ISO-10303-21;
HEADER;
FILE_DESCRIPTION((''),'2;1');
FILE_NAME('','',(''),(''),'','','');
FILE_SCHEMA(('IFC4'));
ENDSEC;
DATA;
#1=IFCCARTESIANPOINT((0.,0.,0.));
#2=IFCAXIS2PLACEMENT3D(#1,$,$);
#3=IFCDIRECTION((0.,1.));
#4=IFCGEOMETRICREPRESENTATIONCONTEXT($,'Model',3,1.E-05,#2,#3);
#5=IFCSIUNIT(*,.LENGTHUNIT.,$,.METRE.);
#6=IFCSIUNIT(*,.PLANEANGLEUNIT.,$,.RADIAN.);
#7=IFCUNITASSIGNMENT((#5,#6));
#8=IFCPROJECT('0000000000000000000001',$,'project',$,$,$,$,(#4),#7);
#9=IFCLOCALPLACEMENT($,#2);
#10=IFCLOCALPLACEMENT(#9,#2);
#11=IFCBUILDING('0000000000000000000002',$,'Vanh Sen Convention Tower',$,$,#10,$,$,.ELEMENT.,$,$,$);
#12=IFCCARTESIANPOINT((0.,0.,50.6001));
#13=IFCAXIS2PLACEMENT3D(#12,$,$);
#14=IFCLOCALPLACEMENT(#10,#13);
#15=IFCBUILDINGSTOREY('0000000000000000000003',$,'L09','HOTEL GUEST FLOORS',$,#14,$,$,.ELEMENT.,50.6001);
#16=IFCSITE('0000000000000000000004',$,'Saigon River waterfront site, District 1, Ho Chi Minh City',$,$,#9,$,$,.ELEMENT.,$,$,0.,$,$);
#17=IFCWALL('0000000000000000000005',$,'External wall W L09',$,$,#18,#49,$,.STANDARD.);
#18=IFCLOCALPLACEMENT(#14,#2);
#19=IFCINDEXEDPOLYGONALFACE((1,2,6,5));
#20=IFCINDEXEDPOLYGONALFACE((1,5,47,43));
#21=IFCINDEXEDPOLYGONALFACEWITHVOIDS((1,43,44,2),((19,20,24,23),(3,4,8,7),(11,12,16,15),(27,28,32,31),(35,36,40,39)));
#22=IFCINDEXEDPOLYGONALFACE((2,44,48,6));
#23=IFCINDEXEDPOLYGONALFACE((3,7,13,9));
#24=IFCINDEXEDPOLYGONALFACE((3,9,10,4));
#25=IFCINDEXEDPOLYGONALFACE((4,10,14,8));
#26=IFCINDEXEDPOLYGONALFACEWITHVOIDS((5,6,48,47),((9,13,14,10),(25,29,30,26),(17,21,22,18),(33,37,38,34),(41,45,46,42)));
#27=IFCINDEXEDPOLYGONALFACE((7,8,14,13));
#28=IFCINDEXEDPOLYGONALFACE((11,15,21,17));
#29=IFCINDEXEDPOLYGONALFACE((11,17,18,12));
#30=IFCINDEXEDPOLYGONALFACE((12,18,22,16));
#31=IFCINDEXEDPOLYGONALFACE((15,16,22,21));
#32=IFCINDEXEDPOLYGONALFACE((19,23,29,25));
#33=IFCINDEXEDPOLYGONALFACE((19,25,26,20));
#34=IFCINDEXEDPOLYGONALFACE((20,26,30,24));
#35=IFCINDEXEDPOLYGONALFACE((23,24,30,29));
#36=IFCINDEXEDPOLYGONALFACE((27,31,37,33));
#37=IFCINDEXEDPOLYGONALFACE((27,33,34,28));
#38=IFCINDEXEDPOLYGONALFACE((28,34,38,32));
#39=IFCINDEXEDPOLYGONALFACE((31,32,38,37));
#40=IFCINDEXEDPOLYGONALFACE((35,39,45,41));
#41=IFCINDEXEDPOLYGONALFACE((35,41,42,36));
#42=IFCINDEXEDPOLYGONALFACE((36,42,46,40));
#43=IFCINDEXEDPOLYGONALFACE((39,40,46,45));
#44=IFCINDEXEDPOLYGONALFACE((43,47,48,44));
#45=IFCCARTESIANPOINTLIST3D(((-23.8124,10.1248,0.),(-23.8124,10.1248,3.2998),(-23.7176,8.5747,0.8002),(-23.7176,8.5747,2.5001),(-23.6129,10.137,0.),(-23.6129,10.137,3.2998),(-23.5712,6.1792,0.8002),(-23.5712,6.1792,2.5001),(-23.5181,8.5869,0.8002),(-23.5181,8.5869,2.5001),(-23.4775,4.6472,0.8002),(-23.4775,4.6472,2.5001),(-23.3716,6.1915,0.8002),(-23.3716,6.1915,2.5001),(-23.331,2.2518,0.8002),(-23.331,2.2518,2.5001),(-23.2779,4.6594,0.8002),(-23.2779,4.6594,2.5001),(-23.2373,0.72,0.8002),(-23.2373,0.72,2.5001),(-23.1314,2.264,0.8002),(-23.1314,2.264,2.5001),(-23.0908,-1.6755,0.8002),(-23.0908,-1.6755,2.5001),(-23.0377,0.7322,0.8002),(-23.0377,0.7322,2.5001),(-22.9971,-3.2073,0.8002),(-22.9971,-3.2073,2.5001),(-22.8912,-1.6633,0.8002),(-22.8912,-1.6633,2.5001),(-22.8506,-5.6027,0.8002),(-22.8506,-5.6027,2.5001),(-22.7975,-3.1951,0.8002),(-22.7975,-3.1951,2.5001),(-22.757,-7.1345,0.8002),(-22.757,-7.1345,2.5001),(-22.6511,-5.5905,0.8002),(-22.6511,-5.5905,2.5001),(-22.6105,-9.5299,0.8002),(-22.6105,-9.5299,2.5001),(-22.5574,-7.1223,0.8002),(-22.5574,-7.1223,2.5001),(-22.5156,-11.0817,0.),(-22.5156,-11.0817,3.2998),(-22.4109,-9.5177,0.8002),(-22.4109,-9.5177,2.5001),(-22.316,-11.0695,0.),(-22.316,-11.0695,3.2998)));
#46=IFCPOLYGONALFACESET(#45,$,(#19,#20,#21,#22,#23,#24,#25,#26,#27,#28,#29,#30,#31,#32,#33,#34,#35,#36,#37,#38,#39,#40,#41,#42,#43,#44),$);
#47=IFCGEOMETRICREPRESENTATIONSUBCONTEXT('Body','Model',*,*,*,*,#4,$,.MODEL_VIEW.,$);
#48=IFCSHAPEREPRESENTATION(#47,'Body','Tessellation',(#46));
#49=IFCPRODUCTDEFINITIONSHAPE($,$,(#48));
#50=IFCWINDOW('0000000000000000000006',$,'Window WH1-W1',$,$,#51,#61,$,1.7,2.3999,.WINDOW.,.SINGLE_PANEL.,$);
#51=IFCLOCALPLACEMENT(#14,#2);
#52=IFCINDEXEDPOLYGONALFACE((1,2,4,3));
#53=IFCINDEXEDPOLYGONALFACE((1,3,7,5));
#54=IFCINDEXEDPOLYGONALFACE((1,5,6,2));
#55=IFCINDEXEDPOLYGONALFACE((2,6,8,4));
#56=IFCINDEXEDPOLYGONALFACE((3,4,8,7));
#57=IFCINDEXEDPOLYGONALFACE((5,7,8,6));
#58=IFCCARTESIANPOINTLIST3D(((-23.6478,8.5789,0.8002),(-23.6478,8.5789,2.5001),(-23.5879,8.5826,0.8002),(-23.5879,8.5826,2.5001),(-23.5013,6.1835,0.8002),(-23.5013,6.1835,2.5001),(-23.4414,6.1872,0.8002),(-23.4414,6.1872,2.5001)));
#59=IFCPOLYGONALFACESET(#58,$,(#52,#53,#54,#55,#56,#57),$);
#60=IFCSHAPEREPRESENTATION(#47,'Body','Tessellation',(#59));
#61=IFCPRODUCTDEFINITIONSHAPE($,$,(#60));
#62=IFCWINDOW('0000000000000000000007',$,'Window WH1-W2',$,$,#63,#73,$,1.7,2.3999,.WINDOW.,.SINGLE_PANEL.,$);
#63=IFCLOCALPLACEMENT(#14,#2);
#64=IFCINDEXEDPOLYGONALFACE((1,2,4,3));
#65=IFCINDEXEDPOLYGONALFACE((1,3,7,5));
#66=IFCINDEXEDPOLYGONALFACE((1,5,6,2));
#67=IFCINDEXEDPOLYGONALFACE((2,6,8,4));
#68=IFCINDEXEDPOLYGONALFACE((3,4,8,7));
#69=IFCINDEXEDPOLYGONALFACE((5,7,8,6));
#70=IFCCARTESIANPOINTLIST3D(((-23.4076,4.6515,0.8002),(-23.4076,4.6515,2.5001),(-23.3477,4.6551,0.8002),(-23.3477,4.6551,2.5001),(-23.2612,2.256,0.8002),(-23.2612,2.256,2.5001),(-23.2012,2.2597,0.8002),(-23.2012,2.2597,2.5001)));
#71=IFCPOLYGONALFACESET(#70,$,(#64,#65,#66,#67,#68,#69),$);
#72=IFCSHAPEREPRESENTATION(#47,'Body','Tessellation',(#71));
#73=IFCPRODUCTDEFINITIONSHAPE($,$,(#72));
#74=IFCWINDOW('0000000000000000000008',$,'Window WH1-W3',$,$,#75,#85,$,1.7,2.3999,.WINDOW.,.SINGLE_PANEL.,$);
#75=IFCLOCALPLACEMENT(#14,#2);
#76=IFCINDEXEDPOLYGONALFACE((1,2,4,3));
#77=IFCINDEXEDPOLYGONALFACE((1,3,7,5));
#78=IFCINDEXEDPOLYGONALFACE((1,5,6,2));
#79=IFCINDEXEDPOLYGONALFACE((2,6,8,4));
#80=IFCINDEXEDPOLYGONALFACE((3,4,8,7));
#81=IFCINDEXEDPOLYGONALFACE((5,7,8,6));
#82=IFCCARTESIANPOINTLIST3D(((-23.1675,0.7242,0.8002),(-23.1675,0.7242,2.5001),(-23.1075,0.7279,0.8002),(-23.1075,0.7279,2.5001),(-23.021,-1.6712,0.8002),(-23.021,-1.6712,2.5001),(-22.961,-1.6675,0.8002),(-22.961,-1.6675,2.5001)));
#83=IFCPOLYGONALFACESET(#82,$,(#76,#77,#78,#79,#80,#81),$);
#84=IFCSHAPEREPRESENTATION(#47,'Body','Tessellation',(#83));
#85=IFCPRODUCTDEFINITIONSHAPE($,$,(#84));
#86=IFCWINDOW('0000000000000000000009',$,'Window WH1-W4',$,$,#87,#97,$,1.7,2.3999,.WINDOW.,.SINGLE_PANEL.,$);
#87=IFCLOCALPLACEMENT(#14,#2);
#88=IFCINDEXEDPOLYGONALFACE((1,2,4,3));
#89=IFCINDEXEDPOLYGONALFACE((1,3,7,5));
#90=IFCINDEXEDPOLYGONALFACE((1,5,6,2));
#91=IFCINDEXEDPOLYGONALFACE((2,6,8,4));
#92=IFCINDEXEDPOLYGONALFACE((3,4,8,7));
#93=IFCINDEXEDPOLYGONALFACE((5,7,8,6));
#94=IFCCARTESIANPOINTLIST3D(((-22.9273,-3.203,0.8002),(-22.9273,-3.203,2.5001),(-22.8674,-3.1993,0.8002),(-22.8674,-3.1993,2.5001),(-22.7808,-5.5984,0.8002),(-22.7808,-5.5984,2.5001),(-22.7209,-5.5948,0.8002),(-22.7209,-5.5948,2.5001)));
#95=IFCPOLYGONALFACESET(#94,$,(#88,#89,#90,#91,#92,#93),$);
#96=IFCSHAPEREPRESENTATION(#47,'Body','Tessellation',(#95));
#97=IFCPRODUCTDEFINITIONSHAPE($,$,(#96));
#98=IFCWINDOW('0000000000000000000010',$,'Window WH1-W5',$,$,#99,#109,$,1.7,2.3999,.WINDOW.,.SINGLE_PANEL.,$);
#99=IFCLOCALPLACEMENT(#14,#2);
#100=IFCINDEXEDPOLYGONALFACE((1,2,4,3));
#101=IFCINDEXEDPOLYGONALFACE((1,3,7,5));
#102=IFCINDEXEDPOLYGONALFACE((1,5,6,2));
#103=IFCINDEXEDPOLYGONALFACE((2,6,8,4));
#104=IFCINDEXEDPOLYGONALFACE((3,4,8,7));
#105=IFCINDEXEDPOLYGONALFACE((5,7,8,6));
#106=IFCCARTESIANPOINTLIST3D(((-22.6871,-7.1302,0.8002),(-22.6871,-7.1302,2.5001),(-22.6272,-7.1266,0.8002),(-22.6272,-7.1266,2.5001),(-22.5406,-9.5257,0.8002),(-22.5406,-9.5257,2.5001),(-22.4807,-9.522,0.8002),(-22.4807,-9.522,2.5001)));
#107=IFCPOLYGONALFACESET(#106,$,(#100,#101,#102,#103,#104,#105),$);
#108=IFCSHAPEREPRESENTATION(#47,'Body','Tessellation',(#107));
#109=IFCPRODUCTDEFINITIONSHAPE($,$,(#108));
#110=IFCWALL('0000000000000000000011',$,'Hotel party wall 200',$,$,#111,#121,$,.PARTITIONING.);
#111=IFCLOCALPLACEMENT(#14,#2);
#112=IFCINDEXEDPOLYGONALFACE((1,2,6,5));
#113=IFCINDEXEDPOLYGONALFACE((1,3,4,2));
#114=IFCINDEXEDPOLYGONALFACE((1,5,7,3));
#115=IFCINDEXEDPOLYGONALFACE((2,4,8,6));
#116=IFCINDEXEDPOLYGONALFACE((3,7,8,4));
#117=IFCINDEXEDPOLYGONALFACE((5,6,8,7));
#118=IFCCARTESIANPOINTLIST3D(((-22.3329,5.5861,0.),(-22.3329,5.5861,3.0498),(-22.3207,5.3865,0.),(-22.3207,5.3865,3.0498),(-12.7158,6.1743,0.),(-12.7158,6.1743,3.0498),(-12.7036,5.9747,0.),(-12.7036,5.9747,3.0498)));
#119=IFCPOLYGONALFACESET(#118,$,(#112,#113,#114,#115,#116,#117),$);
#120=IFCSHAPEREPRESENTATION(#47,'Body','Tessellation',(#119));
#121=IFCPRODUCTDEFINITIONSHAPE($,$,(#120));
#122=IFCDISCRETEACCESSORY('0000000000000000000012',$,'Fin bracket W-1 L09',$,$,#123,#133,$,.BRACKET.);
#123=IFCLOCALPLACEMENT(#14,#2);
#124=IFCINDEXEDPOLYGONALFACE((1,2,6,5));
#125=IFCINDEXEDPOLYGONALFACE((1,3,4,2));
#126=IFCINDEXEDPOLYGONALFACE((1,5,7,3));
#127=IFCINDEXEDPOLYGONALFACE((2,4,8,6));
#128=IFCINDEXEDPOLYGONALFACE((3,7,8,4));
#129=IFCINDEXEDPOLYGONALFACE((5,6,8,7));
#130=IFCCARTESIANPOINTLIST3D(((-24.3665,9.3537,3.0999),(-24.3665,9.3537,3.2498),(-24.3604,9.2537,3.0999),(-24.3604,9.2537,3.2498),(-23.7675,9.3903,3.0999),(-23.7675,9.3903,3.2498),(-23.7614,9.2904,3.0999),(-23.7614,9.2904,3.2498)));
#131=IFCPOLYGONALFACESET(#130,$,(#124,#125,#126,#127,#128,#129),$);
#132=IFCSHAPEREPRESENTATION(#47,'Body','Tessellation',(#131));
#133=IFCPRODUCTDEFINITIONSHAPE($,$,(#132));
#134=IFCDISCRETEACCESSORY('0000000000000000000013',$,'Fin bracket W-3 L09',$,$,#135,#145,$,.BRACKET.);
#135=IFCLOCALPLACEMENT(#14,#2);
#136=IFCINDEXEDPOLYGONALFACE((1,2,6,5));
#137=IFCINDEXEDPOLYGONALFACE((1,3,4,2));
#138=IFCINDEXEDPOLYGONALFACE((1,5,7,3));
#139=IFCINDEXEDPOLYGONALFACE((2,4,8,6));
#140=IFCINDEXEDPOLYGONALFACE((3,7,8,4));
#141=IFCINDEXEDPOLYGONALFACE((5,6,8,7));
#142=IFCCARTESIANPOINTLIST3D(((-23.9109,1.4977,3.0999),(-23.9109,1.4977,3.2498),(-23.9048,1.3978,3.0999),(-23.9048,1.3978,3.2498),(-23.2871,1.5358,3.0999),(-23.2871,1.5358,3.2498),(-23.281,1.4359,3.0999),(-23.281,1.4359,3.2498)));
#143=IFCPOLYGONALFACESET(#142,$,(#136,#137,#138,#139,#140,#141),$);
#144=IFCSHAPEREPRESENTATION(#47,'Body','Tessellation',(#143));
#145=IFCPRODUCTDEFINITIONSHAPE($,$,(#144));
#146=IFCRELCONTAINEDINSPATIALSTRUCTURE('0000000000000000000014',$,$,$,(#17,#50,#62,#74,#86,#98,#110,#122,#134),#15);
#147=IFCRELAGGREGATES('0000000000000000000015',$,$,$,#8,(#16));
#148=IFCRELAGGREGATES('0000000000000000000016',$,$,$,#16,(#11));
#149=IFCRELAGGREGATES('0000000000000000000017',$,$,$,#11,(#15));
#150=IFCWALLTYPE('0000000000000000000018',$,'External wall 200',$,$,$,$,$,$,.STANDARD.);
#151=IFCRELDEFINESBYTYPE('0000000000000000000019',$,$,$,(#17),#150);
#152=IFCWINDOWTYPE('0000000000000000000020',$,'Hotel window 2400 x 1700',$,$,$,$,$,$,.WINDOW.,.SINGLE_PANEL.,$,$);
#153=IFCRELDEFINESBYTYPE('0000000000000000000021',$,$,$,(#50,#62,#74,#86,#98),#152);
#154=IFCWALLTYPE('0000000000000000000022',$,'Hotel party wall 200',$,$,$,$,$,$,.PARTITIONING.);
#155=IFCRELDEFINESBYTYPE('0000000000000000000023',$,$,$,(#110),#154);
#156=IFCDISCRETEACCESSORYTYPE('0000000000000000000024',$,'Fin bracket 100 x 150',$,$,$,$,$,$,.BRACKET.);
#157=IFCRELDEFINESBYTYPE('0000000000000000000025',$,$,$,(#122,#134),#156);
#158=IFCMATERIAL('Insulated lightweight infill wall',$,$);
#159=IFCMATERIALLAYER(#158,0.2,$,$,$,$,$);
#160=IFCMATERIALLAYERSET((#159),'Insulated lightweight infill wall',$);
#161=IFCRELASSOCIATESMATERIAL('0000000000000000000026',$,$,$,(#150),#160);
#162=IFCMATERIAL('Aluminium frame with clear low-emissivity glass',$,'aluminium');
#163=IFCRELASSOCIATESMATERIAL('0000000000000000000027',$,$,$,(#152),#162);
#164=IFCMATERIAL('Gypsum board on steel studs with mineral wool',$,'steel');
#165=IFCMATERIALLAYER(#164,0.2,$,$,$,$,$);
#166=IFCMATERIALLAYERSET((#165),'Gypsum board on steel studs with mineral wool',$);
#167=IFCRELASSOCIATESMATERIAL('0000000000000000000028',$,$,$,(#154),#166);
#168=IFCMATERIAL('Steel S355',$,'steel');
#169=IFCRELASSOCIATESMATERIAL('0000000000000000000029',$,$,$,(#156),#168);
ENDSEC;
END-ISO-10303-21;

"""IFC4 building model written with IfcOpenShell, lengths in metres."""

from ifc_helpers import new_model, si_unit, direction, frame, frame_2d, origin, origin_2d, place, context, subcontext, project, spatial, rectangle, extrude, material, layer, layer_set, type_object, element, fill, save


model = new_model("IFC4")

# Units and contexts
model_context = context("Model", 3, precision=1e-05, world=origin(), true_north=direction((0.0, 1.0)))
body_context = subcontext(model_context, "Body", "Model", "MODEL_VIEW")
ifc_project = project(units=[si_unit("LENGTHUNIT", "METRE"), si_unit("PLANEANGLEUNIT", "RADIAN")], contexts=[model_context])

# Site, building, storey
site_placement = place(None, origin())
site = spatial("IfcSite", under=ifc_project, at=site_placement, Name="Saigon River waterfront site, District 1, Ho Chi Minh City", CompositionType="ELEMENT", RefElevation=0.0)
building_placement = place(site_placement, origin())
building = spatial("IfcBuilding", under=site, at=building_placement, Name="Vanh Sen Convention Tower", CompositionType="ELEMENT")
storey_placement = place(building_placement, frame((0.0, 0.0, 50.6001)))
storey = spatial("IfcBuildingStorey", under=building, at=storey_placement, Name="L09", Description="HOTEL GUEST FLOORS", CompositionType="ELEMENT", Elevation=50.6001)

# Shared definitions
ifc_material_1 = material(Name="Gypsum board on steel studs with mineral wool", Category="steel")

# Wall, openings, windows
ifc_material_2 = material(Name="Insulated lightweight infill wall")
ifc_layer_1 = layer(ifc_material_2, 0.2)
ifc_layer_set_1 = layer_set([ifc_layer_1], Name="Insulated lightweight infill wall")
wall_type_1 = type_object("IfcWallType", Name="External wall 200", PredefinedType="STANDARD", material=ifc_layer_set_1)
wall_1_placement = place(storey_placement, frame((-23.7126, 10.1309, 0.0), z_axis=(0.0, 0.0, 1.0), x_axis=(0.06104, -0.998135, 0.0)))
wall_1 = element("IfcWall", 1, at=wall_1_placement, inside=storey, type_object=wall_type_1, Name="External wall W L09", PredefinedType="STANDARD", context=body_context, shape_type="SweptSolid", body=[
    extrude(rectangle(XDim=21.2461, YDim=0.2, at=frame_2d((10.623, 0.0))), origin(), (0.0, 0.0, 1.0), 3.2998),
])
opening_1_placement = place(wall_1_placement, frame((1.553, 0.0, 0.8)))
opening_1 = element("IfcOpeningElement", 2, at=opening_1_placement, cuts=wall_1, PredefinedType="OPENING", context=body_context, shape_type="SweptSolid", body=[
    extrude(rectangle(XDim=2.3999, YDim=1.7, at=frame_2d((1.2, 0.8501))), frame((0.0, 0.1099, 0.0), z_axis=(0.0, -1.0, 0.0), x_axis=(1.0, 0.0, 0.0)), (0.0, 0.0, 1.0), 0.22),
])
opening_2_placement = place(wall_1_placement, frame((5.4878, 0.0, 0.8)))
opening_2 = element("IfcOpeningElement", 3, at=opening_2_placement, cuts=wall_1, PredefinedType="OPENING", context=body_context, shape_type="SweptSolid", body=[
    extrude(rectangle(XDim=2.3999, YDim=1.7, at=frame_2d((1.2, 0.8501))), frame((0.0, 0.1099, 0.0), z_axis=(0.0, -1.0, 0.0), x_axis=(1.0, 0.0, 0.0)), (0.0, 0.0, 1.0), 0.22),
])
opening_3_placement = place(wall_1_placement, frame((9.4224, 0.0, 0.8)))
opening_3 = element("IfcOpeningElement", 4, at=opening_3_placement, cuts=wall_1, PredefinedType="OPENING", context=body_context, shape_type="SweptSolid", body=[
    extrude(rectangle(XDim=2.3999, YDim=1.7, at=frame_2d((1.2, 0.8501))), frame((0.0, 0.1099, 0.0), z_axis=(0.0, -1.0, 0.0), x_axis=(1.0, 0.0, 0.0)), (0.0, 0.0, 1.0), 0.22),
])
opening_4_placement = place(wall_1_placement, frame((13.3569, 0.0, 0.8)))
opening_4 = element("IfcOpeningElement", 5, at=opening_4_placement, cuts=wall_1, PredefinedType="OPENING", context=body_context, shape_type="SweptSolid", body=[
    extrude(rectangle(XDim=2.3999, YDim=1.7, at=frame_2d((1.2, 0.8501))), frame((0.0, 0.1099, 0.0), z_axis=(0.0, -1.0, 0.0), x_axis=(1.0, 0.0, 0.0)), (0.0, 0.0, 1.0), 0.22),
])
opening_5_placement = place(wall_1_placement, frame((17.2915, 0.0, 0.8)))
opening_5 = element("IfcOpeningElement", 6, at=opening_5_placement, cuts=wall_1, PredefinedType="OPENING", context=body_context, shape_type="SweptSolid", body=[
    extrude(rectangle(XDim=2.3999, YDim=1.7, at=frame_2d((1.2, 0.8501))), frame((0.0, 0.1099, 0.0), z_axis=(0.0, -1.0, 0.0), x_axis=(1.0, 0.0, 0.0)), (0.0, 0.0, 1.0), 0.22),
])
ifc_material_3 = material(Name="Aluminium frame with clear low-emissivity glass", Category="aluminium")
window_type = type_object("IfcWindowType", Name="Hotel window 2400 x 1700", PartitioningType="SINGLE_PANEL", PredefinedType="WINDOW", material=ifc_material_3)
window_1_placement = place(opening_1_placement, origin())
window_1 = element("IfcWindow", 7, at=window_1_placement, inside=storey, type_object=window_type, Name="Window WH1-W1", OverallHeight=1.7, OverallWidth=2.3999, PartitioningType="SINGLE_PANEL", PredefinedType="WINDOW", context=body_context, shape_type="SweptSolid", body=[
    extrude(rectangle(XDim=2.3999, YDim=1.7, at=frame_2d((1.2, 0.8501))), frame((0.0, 0.03, 0.0), z_axis=(0.0, -1.0, 0.0), x_axis=(1.0, 0.0, 0.0)), (0.0, 0.0, 1.0), 0.0601),
])
fill(opening_1, window_1)
window_2_placement = place(opening_2_placement, origin())
window_2 = element("IfcWindow", 8, at=window_2_placement, inside=storey, type_object=window_type, Name="Window WH1-W2", OverallHeight=1.7, OverallWidth=2.3999, PartitioningType="SINGLE_PANEL", PredefinedType="WINDOW", context=body_context, shape_type="SweptSolid", body=[
    extrude(rectangle(XDim=2.3999, YDim=1.7, at=frame_2d((1.2, 0.8501))), frame((0.0, 0.03, 0.0), z_axis=(0.0, -1.0, 0.0), x_axis=(1.0, 0.0, 0.0)), (0.0, 0.0, 1.0), 0.0601),
])
fill(opening_2, window_2)
window_3_placement = place(opening_3_placement, origin())
window_3 = element("IfcWindow", 9, at=window_3_placement, inside=storey, type_object=window_type, Name="Window WH1-W3", OverallHeight=1.7, OverallWidth=2.3999, PartitioningType="SINGLE_PANEL", PredefinedType="WINDOW", context=body_context, shape_type="SweptSolid", body=[
    extrude(rectangle(XDim=2.3999, YDim=1.7, at=frame_2d((1.2, 0.8501))), frame((0.0, 0.03, 0.0), z_axis=(0.0, -1.0, 0.0), x_axis=(1.0, 0.0, 0.0)), (0.0, 0.0, 1.0), 0.0601),
])
fill(opening_3, window_3)
window_4_placement = place(opening_4_placement, origin())
window_4 = element("IfcWindow", 10, at=window_4_placement, inside=storey, type_object=window_type, Name="Window WH1-W4", OverallHeight=1.7, OverallWidth=2.3999, PartitioningType="SINGLE_PANEL", PredefinedType="WINDOW", context=body_context, shape_type="SweptSolid", body=[
    extrude(rectangle(XDim=2.3999, YDim=1.7, at=frame_2d((1.2, 0.8501))), frame((0.0, 0.03, 0.0), z_axis=(0.0, -1.0, 0.0), x_axis=(1.0, 0.0, 0.0)), (0.0, 0.0, 1.0), 0.0601),
])
fill(opening_4, window_4)
window_5_placement = place(opening_5_placement, origin())
window_5 = element("IfcWindow", 11, at=window_5_placement, inside=storey, type_object=window_type, Name="Window WH1-W5", OverallHeight=1.7, OverallWidth=2.3999, PartitioningType="SINGLE_PANEL", PredefinedType="WINDOW", context=body_context, shape_type="SweptSolid", body=[
    extrude(rectangle(XDim=2.3999, YDim=1.7, at=frame_2d((1.2, 0.8501))), frame((0.0, 0.03, 0.0), z_axis=(0.0, -1.0, 0.0), x_axis=(1.0, 0.0, 0.0)), (0.0, 0.0, 1.0), 0.0601),
])
fill(opening_5, window_5)

# Wall
ifc_layer_2 = layer(ifc_material_1, 0.2)
ifc_layer_set_2 = layer_set([ifc_layer_2], Name="Gypsum board on steel studs with mineral wool")
wall_type_2 = type_object("IfcWallType", Name="Hotel party wall 200", PredefinedType="PARTITIONING", material=ifc_layer_set_2)
wall_2_placement = place(storey_placement, frame((-22.3267, 5.4863, 0.0), z_axis=(0.0, 0.0, 1.0), x_axis=(0.998135, 0.061042, 0.0)))
element("IfcWall", 12, at=wall_2_placement, inside=storey, type_object=wall_type_2, Name="Hotel party wall 200", PredefinedType="PARTITIONING", context=body_context, shape_type="SweptSolid", body=[
    extrude(rectangle(XDim=9.635, YDim=0.2, at=frame_2d((4.8174, 0.0))), origin(), (0.0, 0.0, 1.0), 3.0498),
])

# Discrete accessories
ifc_material_4 = material(Name="Steel S355", Category="steel")
discrete_accessory_type = type_object("IfcDiscreteAccessoryType", Name="Fin bracket 100 x 150", PredefinedType="BRACKET", material=ifc_material_4)
discrete_accessory_1_placement = place(storey_placement, frame((-24.064, 9.322, 3.0999), z_axis=(0.0, 0.0, 1.0), x_axis=(-0.998135, -0.061049, 0.0)))
element("IfcDiscreteAccessory", 13, at=discrete_accessory_1_placement, inside=storey, type_object=discrete_accessory_type, Name="Fin bracket W-1 L09", PredefinedType="BRACKET", context=body_context, shape_type="SweptSolid", body=[
    extrude(rectangle(XDim=0.6001, YDim=0.1001, at=origin_2d()), origin(), (0.0, 0.0, 1.0), 0.1499),
])
discrete_accessory_2_placement = place(storey_placement, frame((-23.5959, 1.4668, 3.0999), z_axis=(0.0, 0.0, 1.0), x_axis=(-0.998135, -0.061049, 0.0)))
element("IfcDiscreteAccessory", 14, at=discrete_accessory_2_placement, inside=storey, type_object=discrete_accessory_type, Name="Fin bracket W-3 L09", PredefinedType="BRACKET", context=body_context, shape_type="SweptSolid", body=[
    extrude(rectangle(XDim=0.625, YDim=0.1001, at=origin_2d()), origin(), (0.0, 0.0, 1.0), 0.1499),
])

save(model, "model.ifc")
